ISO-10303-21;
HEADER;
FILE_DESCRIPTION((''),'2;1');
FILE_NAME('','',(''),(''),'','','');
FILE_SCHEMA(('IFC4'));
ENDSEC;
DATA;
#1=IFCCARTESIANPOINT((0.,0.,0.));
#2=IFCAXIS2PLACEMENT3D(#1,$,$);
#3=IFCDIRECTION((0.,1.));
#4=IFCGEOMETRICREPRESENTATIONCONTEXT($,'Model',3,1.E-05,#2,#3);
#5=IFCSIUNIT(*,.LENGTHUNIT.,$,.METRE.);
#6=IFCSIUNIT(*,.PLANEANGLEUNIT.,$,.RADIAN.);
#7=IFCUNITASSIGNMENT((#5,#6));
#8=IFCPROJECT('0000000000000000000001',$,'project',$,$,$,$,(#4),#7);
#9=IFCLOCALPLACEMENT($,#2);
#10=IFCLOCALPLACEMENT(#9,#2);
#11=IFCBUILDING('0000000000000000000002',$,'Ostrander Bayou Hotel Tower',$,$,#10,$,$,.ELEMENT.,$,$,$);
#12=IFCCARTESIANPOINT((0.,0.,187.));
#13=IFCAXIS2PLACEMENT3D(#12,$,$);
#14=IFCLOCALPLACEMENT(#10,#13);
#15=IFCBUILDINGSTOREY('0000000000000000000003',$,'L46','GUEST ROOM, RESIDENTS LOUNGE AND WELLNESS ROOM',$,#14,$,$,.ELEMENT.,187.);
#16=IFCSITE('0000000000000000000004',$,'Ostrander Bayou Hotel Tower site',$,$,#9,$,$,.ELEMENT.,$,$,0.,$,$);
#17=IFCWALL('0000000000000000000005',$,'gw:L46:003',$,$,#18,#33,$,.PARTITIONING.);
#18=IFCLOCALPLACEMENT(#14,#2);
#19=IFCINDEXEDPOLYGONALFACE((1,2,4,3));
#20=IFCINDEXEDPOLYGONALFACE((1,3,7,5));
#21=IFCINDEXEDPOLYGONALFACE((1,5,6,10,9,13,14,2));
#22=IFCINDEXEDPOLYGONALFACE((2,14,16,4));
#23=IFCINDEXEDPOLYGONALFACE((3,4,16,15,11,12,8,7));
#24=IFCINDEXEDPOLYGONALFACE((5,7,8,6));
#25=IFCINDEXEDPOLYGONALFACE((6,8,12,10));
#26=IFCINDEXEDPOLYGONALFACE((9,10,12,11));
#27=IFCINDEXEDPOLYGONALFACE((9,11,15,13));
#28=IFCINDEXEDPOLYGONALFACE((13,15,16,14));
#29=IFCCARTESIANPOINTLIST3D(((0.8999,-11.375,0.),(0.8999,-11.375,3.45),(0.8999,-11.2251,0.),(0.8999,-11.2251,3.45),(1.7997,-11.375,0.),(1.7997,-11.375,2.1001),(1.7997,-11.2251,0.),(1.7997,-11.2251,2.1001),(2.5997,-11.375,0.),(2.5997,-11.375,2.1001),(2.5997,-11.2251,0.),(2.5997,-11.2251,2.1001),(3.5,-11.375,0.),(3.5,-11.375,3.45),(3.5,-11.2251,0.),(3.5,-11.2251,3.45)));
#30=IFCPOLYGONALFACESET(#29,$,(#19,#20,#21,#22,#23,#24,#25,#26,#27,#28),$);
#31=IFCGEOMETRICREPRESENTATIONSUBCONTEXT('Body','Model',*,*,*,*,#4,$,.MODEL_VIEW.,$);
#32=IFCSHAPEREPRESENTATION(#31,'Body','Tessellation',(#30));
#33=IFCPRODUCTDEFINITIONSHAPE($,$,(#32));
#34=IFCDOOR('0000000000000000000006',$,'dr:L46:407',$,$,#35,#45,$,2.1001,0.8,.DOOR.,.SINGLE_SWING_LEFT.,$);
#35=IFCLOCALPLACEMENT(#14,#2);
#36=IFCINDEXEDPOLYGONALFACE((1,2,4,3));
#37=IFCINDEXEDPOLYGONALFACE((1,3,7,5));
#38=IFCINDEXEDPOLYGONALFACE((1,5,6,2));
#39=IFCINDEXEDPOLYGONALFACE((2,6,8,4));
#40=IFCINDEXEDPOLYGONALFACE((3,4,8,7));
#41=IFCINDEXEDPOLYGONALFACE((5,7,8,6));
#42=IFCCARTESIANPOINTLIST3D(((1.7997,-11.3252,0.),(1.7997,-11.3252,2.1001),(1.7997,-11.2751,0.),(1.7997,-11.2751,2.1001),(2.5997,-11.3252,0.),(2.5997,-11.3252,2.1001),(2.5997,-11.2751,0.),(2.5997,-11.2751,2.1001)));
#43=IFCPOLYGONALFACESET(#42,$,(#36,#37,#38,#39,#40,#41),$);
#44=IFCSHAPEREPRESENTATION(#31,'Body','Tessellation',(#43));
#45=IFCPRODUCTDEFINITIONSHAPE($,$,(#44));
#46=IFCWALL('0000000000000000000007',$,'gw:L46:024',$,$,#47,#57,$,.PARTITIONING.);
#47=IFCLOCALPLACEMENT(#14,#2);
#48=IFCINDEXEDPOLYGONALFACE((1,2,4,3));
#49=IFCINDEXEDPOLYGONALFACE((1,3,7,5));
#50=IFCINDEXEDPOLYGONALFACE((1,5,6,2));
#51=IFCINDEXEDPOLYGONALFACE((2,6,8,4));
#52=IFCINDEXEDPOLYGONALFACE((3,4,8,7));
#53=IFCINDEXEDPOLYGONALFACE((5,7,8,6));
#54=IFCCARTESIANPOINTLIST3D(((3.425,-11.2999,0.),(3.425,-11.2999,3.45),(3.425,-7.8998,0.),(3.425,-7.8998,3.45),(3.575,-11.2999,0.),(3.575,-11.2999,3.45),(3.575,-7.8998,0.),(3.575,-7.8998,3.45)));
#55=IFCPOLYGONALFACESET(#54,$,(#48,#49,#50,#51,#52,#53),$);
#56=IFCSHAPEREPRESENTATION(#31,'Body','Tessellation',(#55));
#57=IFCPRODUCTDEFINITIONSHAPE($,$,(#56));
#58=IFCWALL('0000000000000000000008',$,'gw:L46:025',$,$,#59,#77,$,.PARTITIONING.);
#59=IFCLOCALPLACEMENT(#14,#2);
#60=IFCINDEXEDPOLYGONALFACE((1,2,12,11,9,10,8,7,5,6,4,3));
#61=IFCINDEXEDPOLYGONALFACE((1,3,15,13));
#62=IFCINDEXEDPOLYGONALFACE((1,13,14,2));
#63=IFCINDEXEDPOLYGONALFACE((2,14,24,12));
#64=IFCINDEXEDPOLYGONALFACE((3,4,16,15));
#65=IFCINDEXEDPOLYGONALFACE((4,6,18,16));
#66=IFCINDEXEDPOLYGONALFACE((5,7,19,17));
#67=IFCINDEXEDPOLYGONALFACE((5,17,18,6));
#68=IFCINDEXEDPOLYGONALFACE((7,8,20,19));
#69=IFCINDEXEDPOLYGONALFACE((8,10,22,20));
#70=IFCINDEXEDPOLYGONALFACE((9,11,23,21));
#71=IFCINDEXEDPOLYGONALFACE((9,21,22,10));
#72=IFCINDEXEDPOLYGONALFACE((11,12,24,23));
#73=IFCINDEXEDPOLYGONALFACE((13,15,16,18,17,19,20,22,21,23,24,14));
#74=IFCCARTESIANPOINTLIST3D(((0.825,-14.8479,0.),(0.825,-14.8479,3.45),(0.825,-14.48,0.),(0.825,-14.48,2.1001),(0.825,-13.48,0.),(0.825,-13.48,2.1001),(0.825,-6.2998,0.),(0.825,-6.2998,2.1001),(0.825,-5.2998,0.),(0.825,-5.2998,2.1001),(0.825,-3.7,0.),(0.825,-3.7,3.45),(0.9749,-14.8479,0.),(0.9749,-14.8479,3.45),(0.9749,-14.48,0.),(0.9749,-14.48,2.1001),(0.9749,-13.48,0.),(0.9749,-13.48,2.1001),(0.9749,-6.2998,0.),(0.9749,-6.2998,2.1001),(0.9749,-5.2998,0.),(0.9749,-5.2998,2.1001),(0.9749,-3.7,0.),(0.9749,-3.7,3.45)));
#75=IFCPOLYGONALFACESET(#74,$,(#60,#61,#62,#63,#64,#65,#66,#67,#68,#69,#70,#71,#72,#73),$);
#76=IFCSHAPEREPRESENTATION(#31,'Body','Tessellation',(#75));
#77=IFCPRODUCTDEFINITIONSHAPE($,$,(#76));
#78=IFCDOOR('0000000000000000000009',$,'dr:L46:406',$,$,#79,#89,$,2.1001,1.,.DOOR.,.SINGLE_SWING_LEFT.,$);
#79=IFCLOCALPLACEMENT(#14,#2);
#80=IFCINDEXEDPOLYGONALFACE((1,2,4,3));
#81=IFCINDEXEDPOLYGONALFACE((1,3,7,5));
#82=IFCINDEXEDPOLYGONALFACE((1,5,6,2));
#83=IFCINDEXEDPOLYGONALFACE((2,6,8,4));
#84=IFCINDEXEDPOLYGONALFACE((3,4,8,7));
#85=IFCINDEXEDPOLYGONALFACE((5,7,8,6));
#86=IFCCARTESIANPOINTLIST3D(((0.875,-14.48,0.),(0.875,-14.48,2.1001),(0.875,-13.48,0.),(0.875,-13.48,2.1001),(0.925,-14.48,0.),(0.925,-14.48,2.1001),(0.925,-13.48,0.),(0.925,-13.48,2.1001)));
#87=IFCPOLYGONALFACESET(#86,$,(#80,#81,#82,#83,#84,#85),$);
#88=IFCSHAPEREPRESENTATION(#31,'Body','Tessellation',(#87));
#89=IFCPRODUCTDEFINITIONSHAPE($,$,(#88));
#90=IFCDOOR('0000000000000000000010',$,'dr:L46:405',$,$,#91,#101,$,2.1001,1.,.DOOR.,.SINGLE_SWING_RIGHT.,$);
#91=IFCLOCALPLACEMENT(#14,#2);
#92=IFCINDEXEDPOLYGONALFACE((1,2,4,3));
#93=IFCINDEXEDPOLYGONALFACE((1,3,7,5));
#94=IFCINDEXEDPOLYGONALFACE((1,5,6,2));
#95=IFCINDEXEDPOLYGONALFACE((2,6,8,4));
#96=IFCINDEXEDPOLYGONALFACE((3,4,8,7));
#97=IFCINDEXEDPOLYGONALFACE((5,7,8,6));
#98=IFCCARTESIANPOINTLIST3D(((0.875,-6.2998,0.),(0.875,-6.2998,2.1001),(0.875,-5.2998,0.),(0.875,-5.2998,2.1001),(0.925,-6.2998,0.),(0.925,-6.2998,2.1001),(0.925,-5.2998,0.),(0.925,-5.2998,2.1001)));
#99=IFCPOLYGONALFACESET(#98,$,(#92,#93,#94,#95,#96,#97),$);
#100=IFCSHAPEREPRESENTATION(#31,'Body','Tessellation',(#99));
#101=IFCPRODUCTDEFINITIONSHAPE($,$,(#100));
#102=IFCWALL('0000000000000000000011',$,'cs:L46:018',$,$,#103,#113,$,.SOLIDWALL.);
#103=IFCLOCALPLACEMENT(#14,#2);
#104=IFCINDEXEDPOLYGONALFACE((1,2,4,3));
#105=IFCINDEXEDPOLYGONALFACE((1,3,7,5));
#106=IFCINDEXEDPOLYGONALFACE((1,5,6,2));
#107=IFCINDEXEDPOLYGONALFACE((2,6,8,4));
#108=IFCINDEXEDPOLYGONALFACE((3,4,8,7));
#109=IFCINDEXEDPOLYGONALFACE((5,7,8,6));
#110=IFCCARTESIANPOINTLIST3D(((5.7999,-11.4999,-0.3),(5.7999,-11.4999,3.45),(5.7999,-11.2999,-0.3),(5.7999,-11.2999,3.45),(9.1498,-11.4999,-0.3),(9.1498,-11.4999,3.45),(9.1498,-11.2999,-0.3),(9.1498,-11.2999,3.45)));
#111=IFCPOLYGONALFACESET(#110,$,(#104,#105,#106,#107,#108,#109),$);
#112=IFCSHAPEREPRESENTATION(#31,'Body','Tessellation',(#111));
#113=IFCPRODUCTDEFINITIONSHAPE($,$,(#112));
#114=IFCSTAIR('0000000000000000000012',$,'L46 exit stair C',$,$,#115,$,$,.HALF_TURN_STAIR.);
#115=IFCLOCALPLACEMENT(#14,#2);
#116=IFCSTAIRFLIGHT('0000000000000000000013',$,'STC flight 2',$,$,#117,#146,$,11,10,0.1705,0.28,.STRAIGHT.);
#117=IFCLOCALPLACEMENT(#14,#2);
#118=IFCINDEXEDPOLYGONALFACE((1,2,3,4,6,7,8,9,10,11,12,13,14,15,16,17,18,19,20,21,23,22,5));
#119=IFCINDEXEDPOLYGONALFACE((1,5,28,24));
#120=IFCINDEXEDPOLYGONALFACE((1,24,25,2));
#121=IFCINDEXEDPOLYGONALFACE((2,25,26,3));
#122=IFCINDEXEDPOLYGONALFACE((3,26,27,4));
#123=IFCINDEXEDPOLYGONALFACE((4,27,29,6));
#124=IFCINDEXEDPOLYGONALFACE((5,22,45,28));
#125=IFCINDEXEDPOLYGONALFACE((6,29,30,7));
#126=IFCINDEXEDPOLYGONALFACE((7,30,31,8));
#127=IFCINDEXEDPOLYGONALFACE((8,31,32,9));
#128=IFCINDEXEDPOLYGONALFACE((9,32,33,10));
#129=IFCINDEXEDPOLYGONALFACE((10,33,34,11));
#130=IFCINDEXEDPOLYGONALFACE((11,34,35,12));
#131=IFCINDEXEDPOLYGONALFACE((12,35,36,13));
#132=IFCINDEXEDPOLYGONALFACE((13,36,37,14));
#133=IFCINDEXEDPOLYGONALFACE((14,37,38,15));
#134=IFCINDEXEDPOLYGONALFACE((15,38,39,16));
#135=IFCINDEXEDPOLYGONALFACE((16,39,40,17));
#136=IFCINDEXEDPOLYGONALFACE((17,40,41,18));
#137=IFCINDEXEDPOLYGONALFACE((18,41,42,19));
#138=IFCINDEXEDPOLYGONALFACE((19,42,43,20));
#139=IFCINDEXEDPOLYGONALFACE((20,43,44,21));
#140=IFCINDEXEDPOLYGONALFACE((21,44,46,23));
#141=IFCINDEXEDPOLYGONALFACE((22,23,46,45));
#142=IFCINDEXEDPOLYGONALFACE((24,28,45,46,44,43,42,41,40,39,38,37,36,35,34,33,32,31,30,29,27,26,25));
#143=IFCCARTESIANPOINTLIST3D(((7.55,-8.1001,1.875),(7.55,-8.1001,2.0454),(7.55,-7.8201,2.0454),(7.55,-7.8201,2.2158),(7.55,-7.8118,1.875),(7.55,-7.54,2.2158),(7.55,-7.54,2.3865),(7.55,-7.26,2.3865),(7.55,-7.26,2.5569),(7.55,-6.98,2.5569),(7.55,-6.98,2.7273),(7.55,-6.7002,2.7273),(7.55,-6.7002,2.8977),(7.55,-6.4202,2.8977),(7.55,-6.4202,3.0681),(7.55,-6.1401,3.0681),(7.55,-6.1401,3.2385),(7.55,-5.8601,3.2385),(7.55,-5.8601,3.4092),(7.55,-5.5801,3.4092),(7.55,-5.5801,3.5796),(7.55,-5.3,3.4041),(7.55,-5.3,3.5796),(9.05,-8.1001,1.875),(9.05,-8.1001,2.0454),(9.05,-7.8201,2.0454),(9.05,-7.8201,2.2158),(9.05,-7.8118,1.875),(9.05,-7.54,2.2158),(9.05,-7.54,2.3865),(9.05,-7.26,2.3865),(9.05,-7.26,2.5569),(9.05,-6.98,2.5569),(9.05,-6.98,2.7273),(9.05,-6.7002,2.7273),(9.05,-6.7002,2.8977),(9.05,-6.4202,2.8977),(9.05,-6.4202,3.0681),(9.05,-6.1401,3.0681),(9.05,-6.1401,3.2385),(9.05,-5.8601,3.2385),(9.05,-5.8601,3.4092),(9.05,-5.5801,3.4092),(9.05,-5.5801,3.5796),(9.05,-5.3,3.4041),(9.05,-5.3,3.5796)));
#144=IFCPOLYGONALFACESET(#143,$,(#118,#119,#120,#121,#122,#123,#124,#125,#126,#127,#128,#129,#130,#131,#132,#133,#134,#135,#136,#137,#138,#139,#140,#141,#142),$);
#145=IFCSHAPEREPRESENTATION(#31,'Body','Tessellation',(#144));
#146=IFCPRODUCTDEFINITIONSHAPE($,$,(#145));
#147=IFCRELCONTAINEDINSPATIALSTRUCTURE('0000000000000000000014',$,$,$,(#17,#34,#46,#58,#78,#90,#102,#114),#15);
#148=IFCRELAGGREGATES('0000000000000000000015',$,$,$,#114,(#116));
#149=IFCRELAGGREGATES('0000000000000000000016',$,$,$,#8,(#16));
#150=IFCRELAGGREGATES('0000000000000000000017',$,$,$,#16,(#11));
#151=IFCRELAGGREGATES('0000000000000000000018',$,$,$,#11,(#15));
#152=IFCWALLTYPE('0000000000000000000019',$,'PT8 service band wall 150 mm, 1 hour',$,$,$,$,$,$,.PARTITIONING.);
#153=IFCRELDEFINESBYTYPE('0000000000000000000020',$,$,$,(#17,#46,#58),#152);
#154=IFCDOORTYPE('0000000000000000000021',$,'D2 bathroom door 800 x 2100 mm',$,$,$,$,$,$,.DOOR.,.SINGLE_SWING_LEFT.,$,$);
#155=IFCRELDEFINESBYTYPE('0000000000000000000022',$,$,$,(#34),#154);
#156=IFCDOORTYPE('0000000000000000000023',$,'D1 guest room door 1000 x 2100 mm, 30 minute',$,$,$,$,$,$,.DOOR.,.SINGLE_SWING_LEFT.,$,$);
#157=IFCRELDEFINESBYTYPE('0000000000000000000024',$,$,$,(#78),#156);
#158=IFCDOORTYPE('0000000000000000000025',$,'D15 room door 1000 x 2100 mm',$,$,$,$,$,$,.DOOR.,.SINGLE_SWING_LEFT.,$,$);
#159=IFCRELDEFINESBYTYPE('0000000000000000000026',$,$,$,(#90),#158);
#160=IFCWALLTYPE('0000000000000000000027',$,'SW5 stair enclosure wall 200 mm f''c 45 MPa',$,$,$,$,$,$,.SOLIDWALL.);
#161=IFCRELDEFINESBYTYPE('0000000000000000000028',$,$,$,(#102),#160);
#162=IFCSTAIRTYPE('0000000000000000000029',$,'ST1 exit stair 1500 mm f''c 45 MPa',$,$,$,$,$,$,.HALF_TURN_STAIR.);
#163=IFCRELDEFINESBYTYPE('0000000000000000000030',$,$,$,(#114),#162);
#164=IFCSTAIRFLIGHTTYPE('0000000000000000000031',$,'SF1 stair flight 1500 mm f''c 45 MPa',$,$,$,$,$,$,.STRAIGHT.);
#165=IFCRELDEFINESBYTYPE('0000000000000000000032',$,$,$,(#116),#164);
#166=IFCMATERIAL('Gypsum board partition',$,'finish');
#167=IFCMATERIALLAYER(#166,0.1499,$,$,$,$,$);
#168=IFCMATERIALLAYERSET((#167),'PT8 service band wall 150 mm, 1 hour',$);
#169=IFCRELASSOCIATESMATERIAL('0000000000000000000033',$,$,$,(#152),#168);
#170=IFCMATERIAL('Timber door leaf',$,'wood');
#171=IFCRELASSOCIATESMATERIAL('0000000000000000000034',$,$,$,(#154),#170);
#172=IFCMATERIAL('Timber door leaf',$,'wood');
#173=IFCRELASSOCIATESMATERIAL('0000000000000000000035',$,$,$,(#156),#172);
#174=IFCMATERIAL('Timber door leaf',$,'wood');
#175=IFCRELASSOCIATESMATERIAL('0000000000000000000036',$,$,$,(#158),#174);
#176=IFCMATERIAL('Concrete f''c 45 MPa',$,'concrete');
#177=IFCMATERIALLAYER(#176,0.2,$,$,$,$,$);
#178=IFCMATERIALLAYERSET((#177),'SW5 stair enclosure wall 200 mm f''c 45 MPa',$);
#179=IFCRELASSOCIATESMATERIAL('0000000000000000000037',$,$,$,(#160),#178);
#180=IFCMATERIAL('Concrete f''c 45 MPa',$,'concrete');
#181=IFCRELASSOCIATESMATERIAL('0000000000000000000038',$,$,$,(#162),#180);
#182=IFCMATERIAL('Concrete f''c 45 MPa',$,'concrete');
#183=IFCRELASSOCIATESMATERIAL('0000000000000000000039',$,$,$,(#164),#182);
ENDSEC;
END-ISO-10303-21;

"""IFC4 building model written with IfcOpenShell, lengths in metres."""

from ifc_helpers import new_model, si_unit, direction, frame, frame_2d, origin, place, context, subcontext, project, spatial, polyline, rectangle, outline, extrude, material, layer, layer_set, type_object, element, fill, aggregate, save


model = new_model("IFC4")

# Units and contexts
model_context = context("Model", 3, precision=1e-05, world=origin(), true_north=direction((0.0, 1.0)))
body_context = subcontext(model_context, "Body", "Model", "MODEL_VIEW")
ifc_project = project(units=[si_unit("LENGTHUNIT", "METRE"), si_unit("PLANEANGLEUNIT", "RADIAN")], contexts=[model_context])

# Site, building, storey
site_placement = place(None, origin())
site = spatial("IfcSite", under=ifc_project, at=site_placement, Name="Ostrander Bayou Hotel Tower site", CompositionType="ELEMENT", RefElevation=0.0)
building_placement = place(site_placement, origin())
building = spatial("IfcBuilding", under=site, at=building_placement, Name="Ostrander Bayou Hotel Tower", CompositionType="ELEMENT")
storey_placement = place(building_placement, frame((0.0, 0.0, 187.0)))
storey = spatial("IfcBuildingStorey", under=building, at=storey_placement, Name="L46", Description="GUEST ROOM, RESIDENTS LOUNGE AND WELLNESS ROOM", CompositionType="ELEMENT", Elevation=187.0)

# Wall, opening, door
ifc_material_1 = material(Name="Gypsum board partition", Category="finish")
ifc_layer_1 = layer(ifc_material_1, 0.1499)
ifc_layer_set_1 = layer_set([ifc_layer_1], Name="PT8 service band wall 150 mm, 1 hour")
wall_type_1 = type_object("IfcWallType", Name="PT8 service band wall 150 mm, 1 hour", PredefinedType="PARTITIONING", material=ifc_layer_set_1)
wall_1_placement = place(storey_placement, frame((0.8999, -11.3, 0.0), z_axis=(0.0, 0.0, 1.0), x_axis=(1.0, 0.0, 0.0)))
wall_1 = element("IfcWall", 1, at=wall_1_placement, inside=storey, type_object=wall_type_1, Name="gw:L46:003", PredefinedType="PARTITIONING", context=body_context, shape_type="SweptSolid", body=[
    extrude(rectangle(XDim=2.6001, YDim=0.1499, at=frame_2d((1.3, 0.0))), origin(), (0.0, 0.0, 1.0), 3.45),
])
opening_1_placement = place(wall_1_placement, frame((0.8999, 0.0, 0.0)))
opening_1 = element("IfcOpeningElement", 2, at=opening_1_placement, cuts=wall_1, PredefinedType="OPENING", context=body_context, shape_type="SweptSolid", body=[
    extrude(rectangle(XDim=0.8, YDim=2.1001, at=frame_2d((0.3999, 1.05))), frame((0.0, 0.075, 0.0), z_axis=(0.0, -1.0, 0.0), x_axis=(1.0, 0.0, 0.0)), (0.0, 0.0, 1.0), 0.1499),
])
ifc_material_2 = material(Name="Timber door leaf", Category="wood")
door_type_1 = type_object("IfcDoorType", Name="D2 bathroom door 800 x 2100 mm", OperationType="SINGLE_SWING_LEFT", PredefinedType="DOOR", material=ifc_material_2)
door_1_placement = place(opening_1_placement, origin())
door_1 = element("IfcDoor", 3, at=door_1_placement, inside=storey, type_object=door_type_1, Name="dr:L46:407", OperationType="SINGLE_SWING_LEFT", OverallHeight=2.1001, OverallWidth=0.8, PredefinedType="DOOR", context=body_context, shape_type="SweptSolid", body=[
    extrude(rectangle(XDim=0.8, YDim=2.1001, at=frame_2d((0.3999, 1.05))), frame((0.0, 0.0249, 0.0), z_axis=(0.0, -1.0, 0.0), x_axis=(1.0, 0.0, 0.0)), (0.0, 0.0, 1.0), 0.05),
])
fill(opening_1, door_1)

# Wall
wall_2_placement = place(storey_placement, frame((3.5, -11.3, 0.0), z_axis=(0.0, 0.0, 1.0), x_axis=(0.0, 1.0, 0.0)))
element("IfcWall", 4, at=wall_2_placement, inside=storey, type_object=wall_type_1, Name="gw:L46:024", PredefinedType="PARTITIONING", context=body_context, shape_type="SweptSolid", body=[
    extrude(rectangle(XDim=3.4001, YDim=0.1499, at=frame_2d((1.7002, 0.0))), origin(), (0.0, 0.0, 1.0), 3.45),
])

# Wall, openings, doors
wall_3_placement = place(storey_placement, frame((0.8999, -14.8479, 0.0), z_axis=(0.0, 0.0, 1.0), x_axis=(0.0, 1.0, 0.0)))
wall_3 = element("IfcWall", 5, at=wall_3_placement, inside=storey, type_object=wall_type_1, Name="gw:L46:025", PredefinedType="PARTITIONING", context=body_context, shape_type="SweptSolid", body=[
    extrude(rectangle(XDim=11.1479, YDim=0.1499, at=frame_2d((5.574, 0.0))), origin(), (0.0, 0.0, 1.0), 3.45),
])
opening_2_placement = place(wall_3_placement, frame((8.5481, 0.0, 0.0)))
opening_2 = element("IfcOpeningElement", 6, at=opening_2_placement, cuts=wall_3, PredefinedType="OPENING", context=body_context, shape_type="SweptSolid", body=[
    extrude(rectangle(XDim=1.0, YDim=2.1001, at=frame_2d((0.5, 1.05))), frame((0.0, 0.075, 0.0), z_axis=(0.0, -1.0, 0.0), x_axis=(1.0, 0.0, 0.0)), (0.0, 0.0, 1.0), 0.1499),
])
opening_3_placement = place(wall_3_placement, frame((0.3679, 0.0, 0.0)))
opening_3 = element("IfcOpeningElement", 7, at=opening_3_placement, cuts=wall_3, PredefinedType="OPENING", context=body_context, shape_type="SweptSolid", body=[
    extrude(rectangle(XDim=1.0, YDim=2.1001, at=frame_2d((0.5, 1.05))), frame((0.0, 0.075, 0.0), z_axis=(0.0, -1.0, 0.0), x_axis=(1.0, 0.0, 0.0)), (0.0, 0.0, 1.0), 0.1499),
])
ifc_material_3 = material(Name="Timber door leaf", Category="wood")
door_type_2 = type_object("IfcDoorType", Name="D1 guest room door 1000 x 2100 mm, 30 minute", OperationType="SINGLE_SWING_LEFT", PredefinedType="DOOR", material=ifc_material_3)
door_2_placement = place(opening_3_placement, origin())
door_2 = element("IfcDoor", 8, at=door_2_placement, inside=storey, type_object=door_type_2, Name="dr:L46:406", OperationType="SINGLE_SWING_LEFT", OverallHeight=2.1001, OverallWidth=1.0, PredefinedType="DOOR", context=body_context, shape_type="SweptSolid", body=[
    extrude(rectangle(XDim=1.0, YDim=2.1001, at=frame_2d((0.5, 1.05))), frame((0.0, 0.0249, 0.0), z_axis=(0.0, -1.0, 0.0), x_axis=(1.0, 0.0, 0.0)), (0.0, 0.0, 1.0), 0.05),
])
fill(opening_3, door_2)
ifc_material_4 = material(Name="Timber door leaf", Category="wood")
door_type_3 = type_object("IfcDoorType", Name="D15 room door 1000 x 2100 mm", OperationType="SINGLE_SWING_LEFT", PredefinedType="DOOR", material=ifc_material_4)
door_3_placement = place(opening_2_placement, origin())
door_3 = element("IfcDoor", 9, at=door_3_placement, inside=storey, type_object=door_type_3, Name="dr:L46:405", OperationType="SINGLE_SWING_RIGHT", OverallHeight=2.1001, OverallWidth=1.0, PredefinedType="DOOR", context=body_context, shape_type="SweptSolid", body=[
    extrude(rectangle(XDim=1.0, YDim=2.1001, at=frame_2d((0.5, 1.05))), frame((0.0, 0.0249, 0.0), z_axis=(0.0, -1.0, 0.0), x_axis=(1.0, 0.0, 0.0)), (0.0, 0.0, 1.0), 0.05),
])
fill(opening_2, door_3)

# Wall
ifc_material_5 = material(Name="Concrete f'c 45 MPa", Category="concrete")
ifc_layer_2 = layer(ifc_material_5, 0.2)
ifc_layer_set_2 = layer_set([ifc_layer_2], Name="SW5 stair enclosure wall 200 mm f'c 45 MPa")
wall_type_2 = type_object("IfcWallType", Name="SW5 stair enclosure wall 200 mm f'c 45 MPa", PredefinedType="SOLIDWALL", material=ifc_layer_set_2)
wall_4_placement = place(storey_placement, frame((5.8, -11.3999, -0.3), z_axis=(0.0, 0.0, 1.0), x_axis=(1.0, 0.0, 0.0)))
element("IfcWall", 10, at=wall_4_placement, inside=storey, type_object=wall_type_2, Name="cs:L46:018", PredefinedType="SOLIDWALL", context=body_context, shape_type="SweptSolid", body=[
    extrude(rectangle(XDim=3.3499, YDim=0.2, at=frame_2d((1.6748, 0.0))), origin(), (0.0, 0.0, 1.0), 3.75),
])

# Stair, stair flight
ifc_material_6 = material(Name="Concrete f'c 45 MPa", Category="concrete")
stair_type = type_object("IfcStairType", Name="ST1 exit stair 1500 mm f'c 45 MPa", PredefinedType="HALF_TURN_STAIR", material=ifc_material_6)
stair_placement = place(storey_placement, origin())
stair = element("IfcStair", 11, at=stair_placement, inside=storey, type_object=stair_type, Name="L46 exit stair C", PredefinedType="HALF_TURN_STAIR")
ifc_material_7 = material(Name="Concrete f'c 45 MPa", Category="concrete")
stair_flight_type = type_object("IfcStairFlightType", Name="SF1 stair flight 1500 mm f'c 45 MPa", PredefinedType="STRAIGHT", material=ifc_material_7)
stair_flight_placement = place(storey_placement, frame((8.3, -8.1001, 1.875), z_axis=(0.0, 0.0, 1.0), x_axis=(0.0, 1.0, 0.0)))
stair_flight = element("IfcStairFlight", 12, at=stair_flight_placement, type_object=stair_flight_type, Name="STC flight 2", NumberOfRisers=11, NumberOfTreads=10, PredefinedType="STRAIGHT", RiserHeight=0.1705, TreadLength=0.28, context=body_context, shape_type="SweptSolid", body=[
    extrude(outline(polyline([(0.0, 0.0), (0.0, 0.1704), (0.28, 0.1704), (0.28, 0.3408), (0.5601, 0.3408), (0.5601, 0.5115), (0.8401, 0.5115), (0.8401, 0.6819), (1.1201, 0.6819), (1.1201, 0.8523), (1.3999, 0.8523), (1.3999, 1.0227), (1.6799, 1.0227), (1.6799, 1.1931), (1.96, 1.1931), (1.96, 1.3635), (2.24, 1.3635), (2.24, 1.5342), (2.52, 1.5342), (2.52, 1.7046), (2.8, 1.7046), (2.8, 1.875), (2.8, 1.5291), (0.2883, 0.0), (0.0, 0.0)])), frame((0.0, 0.75, 0.0), z_axis=(0.0, -1.0, 0.0), x_axis=(1.0, 0.0, 0.0)), (0.0, 0.0, 1.0), 1.5),
])
aggregate(stair, [stair_flight])

save(model, "model.ifc")
